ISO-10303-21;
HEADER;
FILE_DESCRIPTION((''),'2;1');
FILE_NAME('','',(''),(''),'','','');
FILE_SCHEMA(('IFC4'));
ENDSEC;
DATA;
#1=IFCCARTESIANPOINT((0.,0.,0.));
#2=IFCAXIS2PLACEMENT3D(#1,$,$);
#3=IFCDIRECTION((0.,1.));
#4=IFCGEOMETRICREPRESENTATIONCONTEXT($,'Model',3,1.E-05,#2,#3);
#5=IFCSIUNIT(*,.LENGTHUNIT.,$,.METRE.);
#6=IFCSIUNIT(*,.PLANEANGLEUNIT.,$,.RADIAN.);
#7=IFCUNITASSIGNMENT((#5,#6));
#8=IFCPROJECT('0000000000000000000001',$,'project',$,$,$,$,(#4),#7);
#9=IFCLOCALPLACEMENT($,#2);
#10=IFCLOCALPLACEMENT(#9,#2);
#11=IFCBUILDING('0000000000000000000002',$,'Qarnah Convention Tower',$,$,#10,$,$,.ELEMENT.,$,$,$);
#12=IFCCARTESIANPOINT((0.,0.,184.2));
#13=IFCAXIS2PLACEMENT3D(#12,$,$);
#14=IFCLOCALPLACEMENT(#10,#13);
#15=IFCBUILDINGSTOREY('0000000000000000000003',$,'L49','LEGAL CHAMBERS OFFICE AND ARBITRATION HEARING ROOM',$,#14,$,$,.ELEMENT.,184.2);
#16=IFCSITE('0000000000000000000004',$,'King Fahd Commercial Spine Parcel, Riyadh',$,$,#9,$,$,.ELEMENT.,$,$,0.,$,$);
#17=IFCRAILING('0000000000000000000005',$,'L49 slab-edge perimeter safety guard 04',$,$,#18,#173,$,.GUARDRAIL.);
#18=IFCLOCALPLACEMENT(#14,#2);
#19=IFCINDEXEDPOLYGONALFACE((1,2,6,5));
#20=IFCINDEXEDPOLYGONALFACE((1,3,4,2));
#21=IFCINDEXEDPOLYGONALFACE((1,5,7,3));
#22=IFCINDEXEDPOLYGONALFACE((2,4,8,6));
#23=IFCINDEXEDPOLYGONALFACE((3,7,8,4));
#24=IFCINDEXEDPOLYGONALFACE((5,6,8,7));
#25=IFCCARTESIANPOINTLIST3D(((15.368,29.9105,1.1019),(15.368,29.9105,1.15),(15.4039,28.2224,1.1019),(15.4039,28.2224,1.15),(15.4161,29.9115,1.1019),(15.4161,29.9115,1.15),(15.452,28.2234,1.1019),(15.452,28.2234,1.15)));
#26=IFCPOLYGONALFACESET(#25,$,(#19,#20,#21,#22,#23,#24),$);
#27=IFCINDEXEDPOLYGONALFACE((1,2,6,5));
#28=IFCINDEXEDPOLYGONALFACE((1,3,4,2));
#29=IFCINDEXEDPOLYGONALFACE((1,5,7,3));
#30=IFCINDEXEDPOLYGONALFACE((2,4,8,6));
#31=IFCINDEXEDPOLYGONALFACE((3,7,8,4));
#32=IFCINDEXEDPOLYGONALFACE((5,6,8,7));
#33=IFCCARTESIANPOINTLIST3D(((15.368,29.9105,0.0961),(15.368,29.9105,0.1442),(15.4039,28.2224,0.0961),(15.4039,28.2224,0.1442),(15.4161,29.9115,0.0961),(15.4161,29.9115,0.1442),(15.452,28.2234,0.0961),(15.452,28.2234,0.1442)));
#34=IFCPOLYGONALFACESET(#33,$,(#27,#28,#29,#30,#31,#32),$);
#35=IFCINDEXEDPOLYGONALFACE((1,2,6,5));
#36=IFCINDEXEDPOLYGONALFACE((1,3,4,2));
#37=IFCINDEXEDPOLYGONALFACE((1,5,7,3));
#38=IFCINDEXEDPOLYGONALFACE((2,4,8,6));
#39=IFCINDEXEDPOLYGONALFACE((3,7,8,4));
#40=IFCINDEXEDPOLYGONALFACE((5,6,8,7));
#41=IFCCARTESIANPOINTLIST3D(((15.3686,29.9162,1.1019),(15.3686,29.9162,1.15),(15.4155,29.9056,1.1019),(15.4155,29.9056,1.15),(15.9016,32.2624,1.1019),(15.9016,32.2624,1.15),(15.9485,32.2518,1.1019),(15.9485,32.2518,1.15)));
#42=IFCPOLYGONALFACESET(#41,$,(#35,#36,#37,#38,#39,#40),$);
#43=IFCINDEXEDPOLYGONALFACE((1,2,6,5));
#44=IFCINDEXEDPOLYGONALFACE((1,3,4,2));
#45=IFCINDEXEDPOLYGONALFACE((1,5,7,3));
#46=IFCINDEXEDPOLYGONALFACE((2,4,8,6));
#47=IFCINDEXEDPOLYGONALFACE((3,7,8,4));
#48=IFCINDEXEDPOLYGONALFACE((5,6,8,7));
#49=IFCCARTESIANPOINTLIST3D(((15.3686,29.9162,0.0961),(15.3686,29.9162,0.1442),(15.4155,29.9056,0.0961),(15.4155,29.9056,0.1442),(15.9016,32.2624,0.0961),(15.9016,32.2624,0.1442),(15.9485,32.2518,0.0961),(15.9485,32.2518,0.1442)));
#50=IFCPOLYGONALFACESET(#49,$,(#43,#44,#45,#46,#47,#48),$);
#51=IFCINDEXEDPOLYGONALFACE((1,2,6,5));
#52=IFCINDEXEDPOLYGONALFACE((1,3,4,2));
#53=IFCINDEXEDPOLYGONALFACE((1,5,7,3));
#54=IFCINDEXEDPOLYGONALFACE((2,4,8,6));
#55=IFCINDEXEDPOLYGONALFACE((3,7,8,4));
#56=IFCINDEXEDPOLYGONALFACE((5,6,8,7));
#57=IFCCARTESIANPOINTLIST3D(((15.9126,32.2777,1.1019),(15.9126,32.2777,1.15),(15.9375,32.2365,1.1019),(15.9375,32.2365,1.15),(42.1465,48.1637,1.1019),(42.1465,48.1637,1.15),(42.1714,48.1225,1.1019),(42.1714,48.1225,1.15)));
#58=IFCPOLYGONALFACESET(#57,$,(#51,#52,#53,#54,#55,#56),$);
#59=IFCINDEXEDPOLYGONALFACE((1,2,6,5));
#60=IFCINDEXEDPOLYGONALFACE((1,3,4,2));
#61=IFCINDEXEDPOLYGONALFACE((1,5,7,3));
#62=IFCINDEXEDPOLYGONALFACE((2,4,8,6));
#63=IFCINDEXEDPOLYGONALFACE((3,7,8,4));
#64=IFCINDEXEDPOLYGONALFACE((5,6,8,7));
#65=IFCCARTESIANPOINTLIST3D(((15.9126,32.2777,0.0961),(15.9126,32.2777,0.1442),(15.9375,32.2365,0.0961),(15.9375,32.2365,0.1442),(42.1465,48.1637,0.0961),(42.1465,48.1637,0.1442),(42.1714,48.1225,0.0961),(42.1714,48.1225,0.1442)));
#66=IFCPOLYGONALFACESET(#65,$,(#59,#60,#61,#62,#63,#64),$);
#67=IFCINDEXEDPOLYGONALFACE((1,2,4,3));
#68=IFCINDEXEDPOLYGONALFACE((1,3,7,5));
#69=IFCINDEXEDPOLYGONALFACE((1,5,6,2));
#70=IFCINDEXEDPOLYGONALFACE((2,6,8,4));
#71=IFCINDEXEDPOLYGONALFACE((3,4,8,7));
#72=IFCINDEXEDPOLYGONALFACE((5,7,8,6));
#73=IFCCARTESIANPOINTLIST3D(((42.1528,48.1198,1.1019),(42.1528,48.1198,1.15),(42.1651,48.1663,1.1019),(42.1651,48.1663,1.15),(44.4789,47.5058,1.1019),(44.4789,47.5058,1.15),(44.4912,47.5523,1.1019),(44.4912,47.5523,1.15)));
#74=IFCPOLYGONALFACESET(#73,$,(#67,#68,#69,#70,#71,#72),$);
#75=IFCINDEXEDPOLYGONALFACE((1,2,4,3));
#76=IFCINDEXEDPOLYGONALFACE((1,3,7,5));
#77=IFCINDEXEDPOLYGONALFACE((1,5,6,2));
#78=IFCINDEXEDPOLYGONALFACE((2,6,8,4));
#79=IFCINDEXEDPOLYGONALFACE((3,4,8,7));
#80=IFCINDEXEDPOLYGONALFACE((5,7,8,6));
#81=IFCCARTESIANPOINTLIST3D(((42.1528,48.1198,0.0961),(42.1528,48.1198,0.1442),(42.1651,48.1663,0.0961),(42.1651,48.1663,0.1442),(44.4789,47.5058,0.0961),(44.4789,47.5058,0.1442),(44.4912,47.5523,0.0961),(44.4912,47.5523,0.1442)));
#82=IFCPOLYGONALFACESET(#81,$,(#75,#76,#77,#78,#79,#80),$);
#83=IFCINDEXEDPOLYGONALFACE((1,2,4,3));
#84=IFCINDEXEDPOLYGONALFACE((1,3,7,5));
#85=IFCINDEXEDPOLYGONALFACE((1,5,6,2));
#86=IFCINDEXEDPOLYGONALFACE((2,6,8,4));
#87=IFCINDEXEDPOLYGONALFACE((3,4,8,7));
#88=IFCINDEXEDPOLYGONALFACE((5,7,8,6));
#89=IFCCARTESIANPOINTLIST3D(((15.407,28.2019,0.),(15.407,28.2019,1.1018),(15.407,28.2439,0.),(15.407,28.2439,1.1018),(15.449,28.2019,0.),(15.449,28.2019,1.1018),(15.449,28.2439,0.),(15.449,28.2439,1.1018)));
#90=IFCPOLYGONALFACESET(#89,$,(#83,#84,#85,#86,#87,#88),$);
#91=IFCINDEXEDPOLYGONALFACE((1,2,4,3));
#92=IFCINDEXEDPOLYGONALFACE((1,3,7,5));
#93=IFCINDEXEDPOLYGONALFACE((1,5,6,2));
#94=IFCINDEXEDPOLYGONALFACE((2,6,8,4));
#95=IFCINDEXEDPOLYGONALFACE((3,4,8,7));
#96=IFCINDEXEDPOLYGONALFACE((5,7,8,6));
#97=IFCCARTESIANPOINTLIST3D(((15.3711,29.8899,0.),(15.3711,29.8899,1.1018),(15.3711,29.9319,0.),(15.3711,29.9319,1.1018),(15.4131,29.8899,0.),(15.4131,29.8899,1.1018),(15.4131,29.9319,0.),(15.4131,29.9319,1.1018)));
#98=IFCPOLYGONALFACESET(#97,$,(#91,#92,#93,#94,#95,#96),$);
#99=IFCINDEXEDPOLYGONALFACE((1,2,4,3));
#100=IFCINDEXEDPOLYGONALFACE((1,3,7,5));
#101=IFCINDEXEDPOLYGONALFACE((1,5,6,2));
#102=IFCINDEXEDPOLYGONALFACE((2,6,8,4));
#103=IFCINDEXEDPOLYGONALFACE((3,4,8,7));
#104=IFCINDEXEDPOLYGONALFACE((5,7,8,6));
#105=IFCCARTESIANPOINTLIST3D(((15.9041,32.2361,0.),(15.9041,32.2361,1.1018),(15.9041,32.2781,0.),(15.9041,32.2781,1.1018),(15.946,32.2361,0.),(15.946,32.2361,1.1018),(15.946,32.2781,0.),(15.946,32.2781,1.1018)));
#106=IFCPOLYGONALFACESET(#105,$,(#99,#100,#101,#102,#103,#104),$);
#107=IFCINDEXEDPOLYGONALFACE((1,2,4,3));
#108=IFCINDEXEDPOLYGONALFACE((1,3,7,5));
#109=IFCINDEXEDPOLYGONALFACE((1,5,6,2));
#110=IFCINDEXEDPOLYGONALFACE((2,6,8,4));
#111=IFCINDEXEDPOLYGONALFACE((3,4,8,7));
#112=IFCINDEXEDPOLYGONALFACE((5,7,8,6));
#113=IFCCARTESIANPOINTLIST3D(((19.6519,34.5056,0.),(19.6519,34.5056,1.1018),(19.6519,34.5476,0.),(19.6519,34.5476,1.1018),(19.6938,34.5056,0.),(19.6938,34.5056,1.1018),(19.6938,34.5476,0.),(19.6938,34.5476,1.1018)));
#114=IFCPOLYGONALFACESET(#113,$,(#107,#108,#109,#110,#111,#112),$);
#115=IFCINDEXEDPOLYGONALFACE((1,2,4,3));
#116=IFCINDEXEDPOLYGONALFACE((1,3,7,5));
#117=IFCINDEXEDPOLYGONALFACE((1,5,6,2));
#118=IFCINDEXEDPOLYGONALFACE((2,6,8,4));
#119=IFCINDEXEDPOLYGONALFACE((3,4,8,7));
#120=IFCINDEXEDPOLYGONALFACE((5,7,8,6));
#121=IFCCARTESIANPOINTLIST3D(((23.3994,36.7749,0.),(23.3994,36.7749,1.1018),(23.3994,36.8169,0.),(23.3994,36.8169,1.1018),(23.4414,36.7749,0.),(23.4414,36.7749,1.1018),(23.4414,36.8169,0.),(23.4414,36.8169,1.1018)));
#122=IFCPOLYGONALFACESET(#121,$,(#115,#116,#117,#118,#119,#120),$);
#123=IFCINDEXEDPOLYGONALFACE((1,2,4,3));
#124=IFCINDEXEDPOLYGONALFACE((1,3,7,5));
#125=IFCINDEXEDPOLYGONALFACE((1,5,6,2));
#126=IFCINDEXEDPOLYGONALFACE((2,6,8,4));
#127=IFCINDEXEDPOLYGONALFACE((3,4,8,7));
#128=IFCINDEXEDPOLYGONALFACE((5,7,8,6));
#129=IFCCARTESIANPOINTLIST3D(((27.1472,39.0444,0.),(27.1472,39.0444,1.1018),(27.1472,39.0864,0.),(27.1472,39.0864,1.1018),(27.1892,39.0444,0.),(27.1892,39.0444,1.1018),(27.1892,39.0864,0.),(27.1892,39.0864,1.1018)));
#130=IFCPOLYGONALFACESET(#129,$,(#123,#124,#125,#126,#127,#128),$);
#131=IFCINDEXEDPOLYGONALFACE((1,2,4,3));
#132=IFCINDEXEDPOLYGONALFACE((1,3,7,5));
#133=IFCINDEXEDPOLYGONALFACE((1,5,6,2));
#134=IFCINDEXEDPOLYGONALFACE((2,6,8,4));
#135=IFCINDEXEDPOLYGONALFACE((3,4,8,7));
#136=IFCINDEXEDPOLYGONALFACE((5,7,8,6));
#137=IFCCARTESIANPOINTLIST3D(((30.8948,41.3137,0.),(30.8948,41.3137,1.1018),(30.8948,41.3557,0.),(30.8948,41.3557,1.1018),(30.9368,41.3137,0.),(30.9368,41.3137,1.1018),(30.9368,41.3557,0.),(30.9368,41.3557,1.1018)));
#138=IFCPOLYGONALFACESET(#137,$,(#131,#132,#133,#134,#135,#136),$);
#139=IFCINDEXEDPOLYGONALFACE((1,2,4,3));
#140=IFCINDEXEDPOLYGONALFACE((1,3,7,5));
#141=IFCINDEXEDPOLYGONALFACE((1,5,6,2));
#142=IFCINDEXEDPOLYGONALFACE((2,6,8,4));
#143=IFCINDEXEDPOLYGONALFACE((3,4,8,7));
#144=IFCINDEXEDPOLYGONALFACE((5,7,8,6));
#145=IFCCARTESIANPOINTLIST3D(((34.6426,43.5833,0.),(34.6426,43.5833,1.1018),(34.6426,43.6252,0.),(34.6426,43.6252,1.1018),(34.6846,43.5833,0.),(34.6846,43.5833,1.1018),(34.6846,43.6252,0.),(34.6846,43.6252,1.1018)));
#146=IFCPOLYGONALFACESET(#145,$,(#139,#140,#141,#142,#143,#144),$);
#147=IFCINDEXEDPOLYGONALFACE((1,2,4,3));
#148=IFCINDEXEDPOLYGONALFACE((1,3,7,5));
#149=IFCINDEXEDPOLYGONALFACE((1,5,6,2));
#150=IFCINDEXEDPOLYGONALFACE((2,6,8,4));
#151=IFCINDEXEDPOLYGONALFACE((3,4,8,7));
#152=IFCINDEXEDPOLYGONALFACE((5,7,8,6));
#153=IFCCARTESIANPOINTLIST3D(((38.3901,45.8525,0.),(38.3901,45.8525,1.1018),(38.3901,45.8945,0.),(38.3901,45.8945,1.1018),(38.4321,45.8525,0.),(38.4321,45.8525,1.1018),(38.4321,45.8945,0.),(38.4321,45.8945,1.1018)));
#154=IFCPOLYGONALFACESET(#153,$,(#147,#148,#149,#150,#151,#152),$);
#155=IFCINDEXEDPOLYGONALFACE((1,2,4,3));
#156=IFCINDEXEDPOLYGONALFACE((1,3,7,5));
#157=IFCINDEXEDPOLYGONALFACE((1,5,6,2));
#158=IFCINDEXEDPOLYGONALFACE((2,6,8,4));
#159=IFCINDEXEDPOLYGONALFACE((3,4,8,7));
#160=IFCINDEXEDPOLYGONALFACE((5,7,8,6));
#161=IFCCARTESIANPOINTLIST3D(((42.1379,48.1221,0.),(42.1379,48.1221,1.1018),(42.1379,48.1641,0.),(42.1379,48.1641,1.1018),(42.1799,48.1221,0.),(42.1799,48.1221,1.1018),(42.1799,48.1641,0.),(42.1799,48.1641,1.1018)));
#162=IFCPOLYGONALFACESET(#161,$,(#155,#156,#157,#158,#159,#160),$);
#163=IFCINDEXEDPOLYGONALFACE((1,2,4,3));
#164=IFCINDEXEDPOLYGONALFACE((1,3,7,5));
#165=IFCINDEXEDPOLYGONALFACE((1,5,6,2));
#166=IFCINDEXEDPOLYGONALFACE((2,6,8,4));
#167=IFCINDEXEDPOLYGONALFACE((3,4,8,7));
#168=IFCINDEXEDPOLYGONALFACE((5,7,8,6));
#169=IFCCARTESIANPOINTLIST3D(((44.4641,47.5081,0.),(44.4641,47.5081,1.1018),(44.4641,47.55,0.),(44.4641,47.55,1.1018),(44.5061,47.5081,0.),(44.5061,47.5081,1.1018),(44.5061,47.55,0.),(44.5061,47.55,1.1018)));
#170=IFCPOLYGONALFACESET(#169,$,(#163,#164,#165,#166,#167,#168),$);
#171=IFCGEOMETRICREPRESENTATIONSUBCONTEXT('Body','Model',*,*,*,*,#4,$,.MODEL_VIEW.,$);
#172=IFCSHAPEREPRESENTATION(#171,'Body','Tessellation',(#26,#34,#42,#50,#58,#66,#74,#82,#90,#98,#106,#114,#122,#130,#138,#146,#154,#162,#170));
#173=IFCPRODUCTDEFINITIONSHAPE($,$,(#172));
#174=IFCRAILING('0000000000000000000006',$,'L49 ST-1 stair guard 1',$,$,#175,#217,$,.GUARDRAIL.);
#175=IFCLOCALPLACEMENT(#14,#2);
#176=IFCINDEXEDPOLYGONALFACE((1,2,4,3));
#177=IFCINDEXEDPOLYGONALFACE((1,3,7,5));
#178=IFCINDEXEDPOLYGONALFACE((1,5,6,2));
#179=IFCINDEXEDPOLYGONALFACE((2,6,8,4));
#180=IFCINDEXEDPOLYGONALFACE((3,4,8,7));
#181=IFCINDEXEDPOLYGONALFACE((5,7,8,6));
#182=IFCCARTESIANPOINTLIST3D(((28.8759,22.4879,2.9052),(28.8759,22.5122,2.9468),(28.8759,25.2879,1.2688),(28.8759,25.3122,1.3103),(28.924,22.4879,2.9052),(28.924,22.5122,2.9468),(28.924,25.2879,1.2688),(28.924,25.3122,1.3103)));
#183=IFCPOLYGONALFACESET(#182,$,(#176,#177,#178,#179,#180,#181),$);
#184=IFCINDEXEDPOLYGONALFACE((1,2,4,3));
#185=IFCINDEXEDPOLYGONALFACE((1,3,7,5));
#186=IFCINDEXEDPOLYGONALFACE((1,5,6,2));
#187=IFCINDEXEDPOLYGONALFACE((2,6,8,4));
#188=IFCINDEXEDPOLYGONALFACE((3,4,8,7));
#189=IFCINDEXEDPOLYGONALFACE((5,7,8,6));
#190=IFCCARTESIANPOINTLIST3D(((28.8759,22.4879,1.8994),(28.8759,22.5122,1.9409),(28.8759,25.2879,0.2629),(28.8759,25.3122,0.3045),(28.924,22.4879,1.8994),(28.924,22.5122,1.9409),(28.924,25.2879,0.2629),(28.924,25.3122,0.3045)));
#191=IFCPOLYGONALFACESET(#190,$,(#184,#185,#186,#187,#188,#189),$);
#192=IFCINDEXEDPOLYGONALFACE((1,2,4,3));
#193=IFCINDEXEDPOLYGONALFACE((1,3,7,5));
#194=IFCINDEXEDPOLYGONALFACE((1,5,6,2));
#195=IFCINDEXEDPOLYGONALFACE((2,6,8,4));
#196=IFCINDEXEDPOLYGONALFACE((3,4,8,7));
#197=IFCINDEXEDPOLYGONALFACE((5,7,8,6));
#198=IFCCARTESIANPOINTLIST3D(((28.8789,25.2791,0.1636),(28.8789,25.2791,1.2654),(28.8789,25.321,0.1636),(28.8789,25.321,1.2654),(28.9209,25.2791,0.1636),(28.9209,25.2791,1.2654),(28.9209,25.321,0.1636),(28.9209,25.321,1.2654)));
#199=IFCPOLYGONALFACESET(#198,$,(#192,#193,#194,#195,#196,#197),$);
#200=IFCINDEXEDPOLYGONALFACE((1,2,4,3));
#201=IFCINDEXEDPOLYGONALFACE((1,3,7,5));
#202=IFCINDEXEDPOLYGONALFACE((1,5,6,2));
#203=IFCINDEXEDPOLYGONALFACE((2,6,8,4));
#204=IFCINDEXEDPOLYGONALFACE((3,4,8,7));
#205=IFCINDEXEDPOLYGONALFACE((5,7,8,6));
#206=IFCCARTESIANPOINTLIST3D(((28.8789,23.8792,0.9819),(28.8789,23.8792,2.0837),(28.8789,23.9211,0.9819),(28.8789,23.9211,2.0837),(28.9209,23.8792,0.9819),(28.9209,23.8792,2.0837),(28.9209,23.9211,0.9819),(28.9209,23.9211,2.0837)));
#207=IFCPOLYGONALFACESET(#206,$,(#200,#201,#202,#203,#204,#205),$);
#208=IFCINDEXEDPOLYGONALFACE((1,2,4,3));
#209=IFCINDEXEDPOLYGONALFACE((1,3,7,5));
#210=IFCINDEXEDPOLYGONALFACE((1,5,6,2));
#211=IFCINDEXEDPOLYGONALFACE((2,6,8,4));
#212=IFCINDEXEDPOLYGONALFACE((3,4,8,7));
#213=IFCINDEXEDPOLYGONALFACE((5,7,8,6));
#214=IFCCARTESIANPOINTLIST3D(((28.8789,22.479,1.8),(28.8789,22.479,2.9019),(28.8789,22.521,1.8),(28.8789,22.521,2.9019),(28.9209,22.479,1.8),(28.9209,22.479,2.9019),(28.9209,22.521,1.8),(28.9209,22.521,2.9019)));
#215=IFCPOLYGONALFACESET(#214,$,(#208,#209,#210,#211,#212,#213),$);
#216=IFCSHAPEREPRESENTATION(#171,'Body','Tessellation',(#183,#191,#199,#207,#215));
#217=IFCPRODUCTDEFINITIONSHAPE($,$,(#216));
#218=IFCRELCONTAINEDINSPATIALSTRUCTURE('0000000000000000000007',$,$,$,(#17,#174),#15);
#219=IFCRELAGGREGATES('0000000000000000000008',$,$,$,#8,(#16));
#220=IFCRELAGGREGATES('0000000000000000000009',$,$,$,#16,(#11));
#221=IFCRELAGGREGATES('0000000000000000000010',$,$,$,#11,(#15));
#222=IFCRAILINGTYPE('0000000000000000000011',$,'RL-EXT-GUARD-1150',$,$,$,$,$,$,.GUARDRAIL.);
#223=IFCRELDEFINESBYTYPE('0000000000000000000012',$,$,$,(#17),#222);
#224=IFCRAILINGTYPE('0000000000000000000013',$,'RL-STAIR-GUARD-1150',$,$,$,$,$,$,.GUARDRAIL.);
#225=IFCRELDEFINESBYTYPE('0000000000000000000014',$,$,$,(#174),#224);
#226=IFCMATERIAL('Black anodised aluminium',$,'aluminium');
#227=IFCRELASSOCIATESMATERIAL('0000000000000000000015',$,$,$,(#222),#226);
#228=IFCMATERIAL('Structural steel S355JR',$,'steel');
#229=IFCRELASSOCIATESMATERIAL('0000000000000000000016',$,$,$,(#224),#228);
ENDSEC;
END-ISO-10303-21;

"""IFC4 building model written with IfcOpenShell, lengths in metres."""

from ifc_helpers import new_model, si_unit, direction, frame, origin, origin_2d, place, context, subcontext, project, spatial, rectangle, extrude, material, type_object, element, save


model = new_model("IFC4")

# Units and contexts
model_context = context("Model", 3, precision=1e-05, world=origin(), true_north=direction((0.0, 1.0)))
body_context = subcontext(model_context, "Body", "Model", "MODEL_VIEW")
ifc_project = project(units=[si_unit("LENGTHUNIT", "METRE"), si_unit("PLANEANGLEUNIT", "RADIAN")], contexts=[model_context])

# Site, building, storey
site_placement = place(None, origin())
site = spatial("IfcSite", under=ifc_project, at=site_placement, Name="King Fahd Commercial Spine Parcel, Riyadh", CompositionType="ELEMENT", RefElevation=0.0)
building_placement = place(site_placement, origin())
building = spatial("IfcBuilding", under=site, at=building_placement, Name="Qarnah Convention Tower", CompositionType="ELEMENT")
storey_placement = place(building_placement, frame((0.0, 0.0, 184.2)))
storey = spatial("IfcBuildingStorey", under=building, at=storey_placement, Name="L49", Description="LEGAL CHAMBERS OFFICE AND ARBITRATION HEARING ROOM", CompositionType="ELEMENT", Elevation=184.2)

# Shared definitions
ifc_material_1 = material(Name="Structural steel S355JR", Category="steel")

# Shared definitions
ifc_material_2 = material(Name="Black anodised aluminium", Category="aluminium")

# Railings
railing_type_1 = type_object("IfcRailingType", Name="RL-EXT-GUARD-1150", PredefinedType="GUARDRAIL", material=ifc_material_2)
railing_1_placement = place(storey_placement, frame((15.428, 28.2229, 0.0)))
element("IfcRailing", 1, at=railing_1_placement, inside=storey, type_object=railing_type_1, Name="L49 slab-edge perimeter safety guard 04", PredefinedType="GUARDRAIL", context=body_context, shape_type="SweptSolid", body=[
    extrude(rectangle(XDim=0.0481, YDim=0.0481, at=origin_2d()), frame((0.0, 0.0, 1.126), z_axis=(-0.021256, 0.999774, 0.0), x_axis=(-0.999774, -0.021256, 0.0)), (0.0, 0.0, 1.0), 1.6885),
    extrude(rectangle(XDim=0.0481, YDim=0.0481, at=origin_2d()), frame((0.0, 0.0, 0.1201), z_axis=(-0.021256, 0.999774, 0.0), x_axis=(-0.999774, -0.021256, 0.0)), (0.0, 0.0, 1.0), 1.6885),
    extrude(rectangle(XDim=0.0481, YDim=0.0481, at=origin_2d()), frame((-0.0359, 1.688, 1.126), z_axis=(0.221516, 0.975157, 0.0), x_axis=(-0.975157, 0.221516, 0.0)), (0.0, 0.0, 1.0), 2.406),
    extrude(rectangle(XDim=0.0481, YDim=0.0481, at=origin_2d()), frame((-0.0359, 1.688, 0.1201), z_axis=(0.221516, 0.975157, 0.0), x_axis=(-0.975157, 0.221516, 0.0)), (0.0, 0.0, 1.0), 2.406),
    extrude(rectangle(XDim=0.0481, YDim=0.0481, at=origin_2d()), frame((0.4971, 4.0342, 1.126), z_axis=(0.855391, 0.517984, 0.0), x_axis=(-0.517984, 0.855391, 0.0)), (0.0, 0.0, 1.0), 30.6689),
    extrude(rectangle(XDim=0.0481, YDim=0.0481, at=origin_2d()), frame((0.4971, 4.0342, 0.1201), z_axis=(0.855391, 0.517984, 0.0), x_axis=(-0.517984, 0.855391, 0.0)), (0.0, 0.0, 1.0), 30.6689),
    extrude(rectangle(XDim=0.0481, YDim=0.0481, at=origin_2d()), frame((26.731, 19.9202, 1.126), z_axis=(0.966884, -0.255218, 0.0), x_axis=(0.255218, 0.966884, 0.0)), (0.0, 0.0, 1.0), 2.4058),
    extrude(rectangle(XDim=0.0481, YDim=0.0481, at=origin_2d()), frame((26.731, 19.9202, 0.1201), z_axis=(0.966884, -0.255218, 0.0), x_axis=(0.255218, 0.966884, 0.0)), (0.0, 0.0, 1.0), 2.4058),
    extrude(rectangle(XDim=0.042, YDim=0.042, at=origin_2d()), origin(), (0.0, 0.0, 1.0), 1.1018),
    extrude(rectangle(XDim=0.042, YDim=0.042, at=origin_2d()), frame((-0.0359, 1.688, 0.0)), (0.0, 0.0, 1.0), 1.1018),
    extrude(rectangle(XDim=0.042, YDim=0.042, at=origin_2d()), frame((0.4971, 4.0342, 0.0)), (0.0, 0.0, 1.0), 1.1018),
    extrude(rectangle(XDim=0.042, YDim=0.042, at=origin_2d()), frame((4.2449, 6.3037, 0.0)), (0.0, 0.0, 1.0), 1.1018),
    extrude(rectangle(XDim=0.042, YDim=0.042, at=origin_2d()), frame((7.9924, 8.573, 0.0)), (0.0, 0.0, 1.0), 1.1018),
    extrude(rectangle(XDim=0.042, YDim=0.042, at=origin_2d()), frame((11.7402, 10.8425, 0.0)), (0.0, 0.0, 1.0), 1.1018),
    extrude(rectangle(XDim=0.042, YDim=0.042, at=origin_2d()), frame((15.4878, 13.1118, 0.0)), (0.0, 0.0, 1.0), 1.1018),
    extrude(rectangle(XDim=0.042, YDim=0.042, at=origin_2d()), frame((19.2356, 15.3813, 0.0)), (0.0, 0.0, 1.0), 1.1018),
    extrude(rectangle(XDim=0.042, YDim=0.042, at=origin_2d()), frame((22.9832, 17.6506, 0.0)), (0.0, 0.0, 1.0), 1.1018),
    extrude(rectangle(XDim=0.042, YDim=0.042, at=origin_2d()), frame((26.731, 19.9202, 0.0)), (0.0, 0.0, 1.0), 1.1018),
    extrude(rectangle(XDim=0.042, YDim=0.042, at=origin_2d()), frame((29.0571, 19.3062, 0.0)), (0.0, 0.0, 1.0), 1.1018),
])
railing_type_2 = type_object("IfcRailingType", Name="RL-STAIR-GUARD-1150", PredefinedType="GUARDRAIL", material=ifc_material_1)
railing_2_placement = place(storey_placement, frame((28.8999, 25.3, 0.1636)))
element("IfcRailing", 2, at=railing_2_placement, inside=storey, type_object=railing_type_2, Name="L49 ST-1 stair guard 1", PredefinedType="GUARDRAIL", context=body_context, shape_type="SweptSolid", body=[
    extrude(rectangle(XDim=0.0481, YDim=0.0481, at=origin_2d()), frame((0.0, 0.0, 1.126), z_axis=(0.0, -0.863361, 0.504587), x_axis=(1.0, 0.0, 0.0)), (0.0, 0.0, 1.0), 3.2432),
    extrude(rectangle(XDim=0.0481, YDim=0.0481, at=origin_2d()), frame((0.0, 0.0, 0.1201), z_axis=(0.0, -0.863361, 0.504587), x_axis=(1.0, 0.0, 0.0)), (0.0, 0.0, 1.0), 3.2432),
    extrude(rectangle(XDim=0.042, YDim=0.042, at=origin_2d()), origin(), (0.0, 0.0, 1.0), 1.1018),
    extrude(rectangle(XDim=0.042, YDim=0.042, at=origin_2d()), frame((0.0, -1.3999, 0.8184)), (0.0, 0.0, 1.0), 1.1018),
    extrude(rectangle(XDim=0.042, YDim=0.042, at=origin_2d()), frame((0.0, -2.8, 1.6365)), (0.0, 0.0, 1.0), 1.1018),
])

save(model, "model.ifc")
